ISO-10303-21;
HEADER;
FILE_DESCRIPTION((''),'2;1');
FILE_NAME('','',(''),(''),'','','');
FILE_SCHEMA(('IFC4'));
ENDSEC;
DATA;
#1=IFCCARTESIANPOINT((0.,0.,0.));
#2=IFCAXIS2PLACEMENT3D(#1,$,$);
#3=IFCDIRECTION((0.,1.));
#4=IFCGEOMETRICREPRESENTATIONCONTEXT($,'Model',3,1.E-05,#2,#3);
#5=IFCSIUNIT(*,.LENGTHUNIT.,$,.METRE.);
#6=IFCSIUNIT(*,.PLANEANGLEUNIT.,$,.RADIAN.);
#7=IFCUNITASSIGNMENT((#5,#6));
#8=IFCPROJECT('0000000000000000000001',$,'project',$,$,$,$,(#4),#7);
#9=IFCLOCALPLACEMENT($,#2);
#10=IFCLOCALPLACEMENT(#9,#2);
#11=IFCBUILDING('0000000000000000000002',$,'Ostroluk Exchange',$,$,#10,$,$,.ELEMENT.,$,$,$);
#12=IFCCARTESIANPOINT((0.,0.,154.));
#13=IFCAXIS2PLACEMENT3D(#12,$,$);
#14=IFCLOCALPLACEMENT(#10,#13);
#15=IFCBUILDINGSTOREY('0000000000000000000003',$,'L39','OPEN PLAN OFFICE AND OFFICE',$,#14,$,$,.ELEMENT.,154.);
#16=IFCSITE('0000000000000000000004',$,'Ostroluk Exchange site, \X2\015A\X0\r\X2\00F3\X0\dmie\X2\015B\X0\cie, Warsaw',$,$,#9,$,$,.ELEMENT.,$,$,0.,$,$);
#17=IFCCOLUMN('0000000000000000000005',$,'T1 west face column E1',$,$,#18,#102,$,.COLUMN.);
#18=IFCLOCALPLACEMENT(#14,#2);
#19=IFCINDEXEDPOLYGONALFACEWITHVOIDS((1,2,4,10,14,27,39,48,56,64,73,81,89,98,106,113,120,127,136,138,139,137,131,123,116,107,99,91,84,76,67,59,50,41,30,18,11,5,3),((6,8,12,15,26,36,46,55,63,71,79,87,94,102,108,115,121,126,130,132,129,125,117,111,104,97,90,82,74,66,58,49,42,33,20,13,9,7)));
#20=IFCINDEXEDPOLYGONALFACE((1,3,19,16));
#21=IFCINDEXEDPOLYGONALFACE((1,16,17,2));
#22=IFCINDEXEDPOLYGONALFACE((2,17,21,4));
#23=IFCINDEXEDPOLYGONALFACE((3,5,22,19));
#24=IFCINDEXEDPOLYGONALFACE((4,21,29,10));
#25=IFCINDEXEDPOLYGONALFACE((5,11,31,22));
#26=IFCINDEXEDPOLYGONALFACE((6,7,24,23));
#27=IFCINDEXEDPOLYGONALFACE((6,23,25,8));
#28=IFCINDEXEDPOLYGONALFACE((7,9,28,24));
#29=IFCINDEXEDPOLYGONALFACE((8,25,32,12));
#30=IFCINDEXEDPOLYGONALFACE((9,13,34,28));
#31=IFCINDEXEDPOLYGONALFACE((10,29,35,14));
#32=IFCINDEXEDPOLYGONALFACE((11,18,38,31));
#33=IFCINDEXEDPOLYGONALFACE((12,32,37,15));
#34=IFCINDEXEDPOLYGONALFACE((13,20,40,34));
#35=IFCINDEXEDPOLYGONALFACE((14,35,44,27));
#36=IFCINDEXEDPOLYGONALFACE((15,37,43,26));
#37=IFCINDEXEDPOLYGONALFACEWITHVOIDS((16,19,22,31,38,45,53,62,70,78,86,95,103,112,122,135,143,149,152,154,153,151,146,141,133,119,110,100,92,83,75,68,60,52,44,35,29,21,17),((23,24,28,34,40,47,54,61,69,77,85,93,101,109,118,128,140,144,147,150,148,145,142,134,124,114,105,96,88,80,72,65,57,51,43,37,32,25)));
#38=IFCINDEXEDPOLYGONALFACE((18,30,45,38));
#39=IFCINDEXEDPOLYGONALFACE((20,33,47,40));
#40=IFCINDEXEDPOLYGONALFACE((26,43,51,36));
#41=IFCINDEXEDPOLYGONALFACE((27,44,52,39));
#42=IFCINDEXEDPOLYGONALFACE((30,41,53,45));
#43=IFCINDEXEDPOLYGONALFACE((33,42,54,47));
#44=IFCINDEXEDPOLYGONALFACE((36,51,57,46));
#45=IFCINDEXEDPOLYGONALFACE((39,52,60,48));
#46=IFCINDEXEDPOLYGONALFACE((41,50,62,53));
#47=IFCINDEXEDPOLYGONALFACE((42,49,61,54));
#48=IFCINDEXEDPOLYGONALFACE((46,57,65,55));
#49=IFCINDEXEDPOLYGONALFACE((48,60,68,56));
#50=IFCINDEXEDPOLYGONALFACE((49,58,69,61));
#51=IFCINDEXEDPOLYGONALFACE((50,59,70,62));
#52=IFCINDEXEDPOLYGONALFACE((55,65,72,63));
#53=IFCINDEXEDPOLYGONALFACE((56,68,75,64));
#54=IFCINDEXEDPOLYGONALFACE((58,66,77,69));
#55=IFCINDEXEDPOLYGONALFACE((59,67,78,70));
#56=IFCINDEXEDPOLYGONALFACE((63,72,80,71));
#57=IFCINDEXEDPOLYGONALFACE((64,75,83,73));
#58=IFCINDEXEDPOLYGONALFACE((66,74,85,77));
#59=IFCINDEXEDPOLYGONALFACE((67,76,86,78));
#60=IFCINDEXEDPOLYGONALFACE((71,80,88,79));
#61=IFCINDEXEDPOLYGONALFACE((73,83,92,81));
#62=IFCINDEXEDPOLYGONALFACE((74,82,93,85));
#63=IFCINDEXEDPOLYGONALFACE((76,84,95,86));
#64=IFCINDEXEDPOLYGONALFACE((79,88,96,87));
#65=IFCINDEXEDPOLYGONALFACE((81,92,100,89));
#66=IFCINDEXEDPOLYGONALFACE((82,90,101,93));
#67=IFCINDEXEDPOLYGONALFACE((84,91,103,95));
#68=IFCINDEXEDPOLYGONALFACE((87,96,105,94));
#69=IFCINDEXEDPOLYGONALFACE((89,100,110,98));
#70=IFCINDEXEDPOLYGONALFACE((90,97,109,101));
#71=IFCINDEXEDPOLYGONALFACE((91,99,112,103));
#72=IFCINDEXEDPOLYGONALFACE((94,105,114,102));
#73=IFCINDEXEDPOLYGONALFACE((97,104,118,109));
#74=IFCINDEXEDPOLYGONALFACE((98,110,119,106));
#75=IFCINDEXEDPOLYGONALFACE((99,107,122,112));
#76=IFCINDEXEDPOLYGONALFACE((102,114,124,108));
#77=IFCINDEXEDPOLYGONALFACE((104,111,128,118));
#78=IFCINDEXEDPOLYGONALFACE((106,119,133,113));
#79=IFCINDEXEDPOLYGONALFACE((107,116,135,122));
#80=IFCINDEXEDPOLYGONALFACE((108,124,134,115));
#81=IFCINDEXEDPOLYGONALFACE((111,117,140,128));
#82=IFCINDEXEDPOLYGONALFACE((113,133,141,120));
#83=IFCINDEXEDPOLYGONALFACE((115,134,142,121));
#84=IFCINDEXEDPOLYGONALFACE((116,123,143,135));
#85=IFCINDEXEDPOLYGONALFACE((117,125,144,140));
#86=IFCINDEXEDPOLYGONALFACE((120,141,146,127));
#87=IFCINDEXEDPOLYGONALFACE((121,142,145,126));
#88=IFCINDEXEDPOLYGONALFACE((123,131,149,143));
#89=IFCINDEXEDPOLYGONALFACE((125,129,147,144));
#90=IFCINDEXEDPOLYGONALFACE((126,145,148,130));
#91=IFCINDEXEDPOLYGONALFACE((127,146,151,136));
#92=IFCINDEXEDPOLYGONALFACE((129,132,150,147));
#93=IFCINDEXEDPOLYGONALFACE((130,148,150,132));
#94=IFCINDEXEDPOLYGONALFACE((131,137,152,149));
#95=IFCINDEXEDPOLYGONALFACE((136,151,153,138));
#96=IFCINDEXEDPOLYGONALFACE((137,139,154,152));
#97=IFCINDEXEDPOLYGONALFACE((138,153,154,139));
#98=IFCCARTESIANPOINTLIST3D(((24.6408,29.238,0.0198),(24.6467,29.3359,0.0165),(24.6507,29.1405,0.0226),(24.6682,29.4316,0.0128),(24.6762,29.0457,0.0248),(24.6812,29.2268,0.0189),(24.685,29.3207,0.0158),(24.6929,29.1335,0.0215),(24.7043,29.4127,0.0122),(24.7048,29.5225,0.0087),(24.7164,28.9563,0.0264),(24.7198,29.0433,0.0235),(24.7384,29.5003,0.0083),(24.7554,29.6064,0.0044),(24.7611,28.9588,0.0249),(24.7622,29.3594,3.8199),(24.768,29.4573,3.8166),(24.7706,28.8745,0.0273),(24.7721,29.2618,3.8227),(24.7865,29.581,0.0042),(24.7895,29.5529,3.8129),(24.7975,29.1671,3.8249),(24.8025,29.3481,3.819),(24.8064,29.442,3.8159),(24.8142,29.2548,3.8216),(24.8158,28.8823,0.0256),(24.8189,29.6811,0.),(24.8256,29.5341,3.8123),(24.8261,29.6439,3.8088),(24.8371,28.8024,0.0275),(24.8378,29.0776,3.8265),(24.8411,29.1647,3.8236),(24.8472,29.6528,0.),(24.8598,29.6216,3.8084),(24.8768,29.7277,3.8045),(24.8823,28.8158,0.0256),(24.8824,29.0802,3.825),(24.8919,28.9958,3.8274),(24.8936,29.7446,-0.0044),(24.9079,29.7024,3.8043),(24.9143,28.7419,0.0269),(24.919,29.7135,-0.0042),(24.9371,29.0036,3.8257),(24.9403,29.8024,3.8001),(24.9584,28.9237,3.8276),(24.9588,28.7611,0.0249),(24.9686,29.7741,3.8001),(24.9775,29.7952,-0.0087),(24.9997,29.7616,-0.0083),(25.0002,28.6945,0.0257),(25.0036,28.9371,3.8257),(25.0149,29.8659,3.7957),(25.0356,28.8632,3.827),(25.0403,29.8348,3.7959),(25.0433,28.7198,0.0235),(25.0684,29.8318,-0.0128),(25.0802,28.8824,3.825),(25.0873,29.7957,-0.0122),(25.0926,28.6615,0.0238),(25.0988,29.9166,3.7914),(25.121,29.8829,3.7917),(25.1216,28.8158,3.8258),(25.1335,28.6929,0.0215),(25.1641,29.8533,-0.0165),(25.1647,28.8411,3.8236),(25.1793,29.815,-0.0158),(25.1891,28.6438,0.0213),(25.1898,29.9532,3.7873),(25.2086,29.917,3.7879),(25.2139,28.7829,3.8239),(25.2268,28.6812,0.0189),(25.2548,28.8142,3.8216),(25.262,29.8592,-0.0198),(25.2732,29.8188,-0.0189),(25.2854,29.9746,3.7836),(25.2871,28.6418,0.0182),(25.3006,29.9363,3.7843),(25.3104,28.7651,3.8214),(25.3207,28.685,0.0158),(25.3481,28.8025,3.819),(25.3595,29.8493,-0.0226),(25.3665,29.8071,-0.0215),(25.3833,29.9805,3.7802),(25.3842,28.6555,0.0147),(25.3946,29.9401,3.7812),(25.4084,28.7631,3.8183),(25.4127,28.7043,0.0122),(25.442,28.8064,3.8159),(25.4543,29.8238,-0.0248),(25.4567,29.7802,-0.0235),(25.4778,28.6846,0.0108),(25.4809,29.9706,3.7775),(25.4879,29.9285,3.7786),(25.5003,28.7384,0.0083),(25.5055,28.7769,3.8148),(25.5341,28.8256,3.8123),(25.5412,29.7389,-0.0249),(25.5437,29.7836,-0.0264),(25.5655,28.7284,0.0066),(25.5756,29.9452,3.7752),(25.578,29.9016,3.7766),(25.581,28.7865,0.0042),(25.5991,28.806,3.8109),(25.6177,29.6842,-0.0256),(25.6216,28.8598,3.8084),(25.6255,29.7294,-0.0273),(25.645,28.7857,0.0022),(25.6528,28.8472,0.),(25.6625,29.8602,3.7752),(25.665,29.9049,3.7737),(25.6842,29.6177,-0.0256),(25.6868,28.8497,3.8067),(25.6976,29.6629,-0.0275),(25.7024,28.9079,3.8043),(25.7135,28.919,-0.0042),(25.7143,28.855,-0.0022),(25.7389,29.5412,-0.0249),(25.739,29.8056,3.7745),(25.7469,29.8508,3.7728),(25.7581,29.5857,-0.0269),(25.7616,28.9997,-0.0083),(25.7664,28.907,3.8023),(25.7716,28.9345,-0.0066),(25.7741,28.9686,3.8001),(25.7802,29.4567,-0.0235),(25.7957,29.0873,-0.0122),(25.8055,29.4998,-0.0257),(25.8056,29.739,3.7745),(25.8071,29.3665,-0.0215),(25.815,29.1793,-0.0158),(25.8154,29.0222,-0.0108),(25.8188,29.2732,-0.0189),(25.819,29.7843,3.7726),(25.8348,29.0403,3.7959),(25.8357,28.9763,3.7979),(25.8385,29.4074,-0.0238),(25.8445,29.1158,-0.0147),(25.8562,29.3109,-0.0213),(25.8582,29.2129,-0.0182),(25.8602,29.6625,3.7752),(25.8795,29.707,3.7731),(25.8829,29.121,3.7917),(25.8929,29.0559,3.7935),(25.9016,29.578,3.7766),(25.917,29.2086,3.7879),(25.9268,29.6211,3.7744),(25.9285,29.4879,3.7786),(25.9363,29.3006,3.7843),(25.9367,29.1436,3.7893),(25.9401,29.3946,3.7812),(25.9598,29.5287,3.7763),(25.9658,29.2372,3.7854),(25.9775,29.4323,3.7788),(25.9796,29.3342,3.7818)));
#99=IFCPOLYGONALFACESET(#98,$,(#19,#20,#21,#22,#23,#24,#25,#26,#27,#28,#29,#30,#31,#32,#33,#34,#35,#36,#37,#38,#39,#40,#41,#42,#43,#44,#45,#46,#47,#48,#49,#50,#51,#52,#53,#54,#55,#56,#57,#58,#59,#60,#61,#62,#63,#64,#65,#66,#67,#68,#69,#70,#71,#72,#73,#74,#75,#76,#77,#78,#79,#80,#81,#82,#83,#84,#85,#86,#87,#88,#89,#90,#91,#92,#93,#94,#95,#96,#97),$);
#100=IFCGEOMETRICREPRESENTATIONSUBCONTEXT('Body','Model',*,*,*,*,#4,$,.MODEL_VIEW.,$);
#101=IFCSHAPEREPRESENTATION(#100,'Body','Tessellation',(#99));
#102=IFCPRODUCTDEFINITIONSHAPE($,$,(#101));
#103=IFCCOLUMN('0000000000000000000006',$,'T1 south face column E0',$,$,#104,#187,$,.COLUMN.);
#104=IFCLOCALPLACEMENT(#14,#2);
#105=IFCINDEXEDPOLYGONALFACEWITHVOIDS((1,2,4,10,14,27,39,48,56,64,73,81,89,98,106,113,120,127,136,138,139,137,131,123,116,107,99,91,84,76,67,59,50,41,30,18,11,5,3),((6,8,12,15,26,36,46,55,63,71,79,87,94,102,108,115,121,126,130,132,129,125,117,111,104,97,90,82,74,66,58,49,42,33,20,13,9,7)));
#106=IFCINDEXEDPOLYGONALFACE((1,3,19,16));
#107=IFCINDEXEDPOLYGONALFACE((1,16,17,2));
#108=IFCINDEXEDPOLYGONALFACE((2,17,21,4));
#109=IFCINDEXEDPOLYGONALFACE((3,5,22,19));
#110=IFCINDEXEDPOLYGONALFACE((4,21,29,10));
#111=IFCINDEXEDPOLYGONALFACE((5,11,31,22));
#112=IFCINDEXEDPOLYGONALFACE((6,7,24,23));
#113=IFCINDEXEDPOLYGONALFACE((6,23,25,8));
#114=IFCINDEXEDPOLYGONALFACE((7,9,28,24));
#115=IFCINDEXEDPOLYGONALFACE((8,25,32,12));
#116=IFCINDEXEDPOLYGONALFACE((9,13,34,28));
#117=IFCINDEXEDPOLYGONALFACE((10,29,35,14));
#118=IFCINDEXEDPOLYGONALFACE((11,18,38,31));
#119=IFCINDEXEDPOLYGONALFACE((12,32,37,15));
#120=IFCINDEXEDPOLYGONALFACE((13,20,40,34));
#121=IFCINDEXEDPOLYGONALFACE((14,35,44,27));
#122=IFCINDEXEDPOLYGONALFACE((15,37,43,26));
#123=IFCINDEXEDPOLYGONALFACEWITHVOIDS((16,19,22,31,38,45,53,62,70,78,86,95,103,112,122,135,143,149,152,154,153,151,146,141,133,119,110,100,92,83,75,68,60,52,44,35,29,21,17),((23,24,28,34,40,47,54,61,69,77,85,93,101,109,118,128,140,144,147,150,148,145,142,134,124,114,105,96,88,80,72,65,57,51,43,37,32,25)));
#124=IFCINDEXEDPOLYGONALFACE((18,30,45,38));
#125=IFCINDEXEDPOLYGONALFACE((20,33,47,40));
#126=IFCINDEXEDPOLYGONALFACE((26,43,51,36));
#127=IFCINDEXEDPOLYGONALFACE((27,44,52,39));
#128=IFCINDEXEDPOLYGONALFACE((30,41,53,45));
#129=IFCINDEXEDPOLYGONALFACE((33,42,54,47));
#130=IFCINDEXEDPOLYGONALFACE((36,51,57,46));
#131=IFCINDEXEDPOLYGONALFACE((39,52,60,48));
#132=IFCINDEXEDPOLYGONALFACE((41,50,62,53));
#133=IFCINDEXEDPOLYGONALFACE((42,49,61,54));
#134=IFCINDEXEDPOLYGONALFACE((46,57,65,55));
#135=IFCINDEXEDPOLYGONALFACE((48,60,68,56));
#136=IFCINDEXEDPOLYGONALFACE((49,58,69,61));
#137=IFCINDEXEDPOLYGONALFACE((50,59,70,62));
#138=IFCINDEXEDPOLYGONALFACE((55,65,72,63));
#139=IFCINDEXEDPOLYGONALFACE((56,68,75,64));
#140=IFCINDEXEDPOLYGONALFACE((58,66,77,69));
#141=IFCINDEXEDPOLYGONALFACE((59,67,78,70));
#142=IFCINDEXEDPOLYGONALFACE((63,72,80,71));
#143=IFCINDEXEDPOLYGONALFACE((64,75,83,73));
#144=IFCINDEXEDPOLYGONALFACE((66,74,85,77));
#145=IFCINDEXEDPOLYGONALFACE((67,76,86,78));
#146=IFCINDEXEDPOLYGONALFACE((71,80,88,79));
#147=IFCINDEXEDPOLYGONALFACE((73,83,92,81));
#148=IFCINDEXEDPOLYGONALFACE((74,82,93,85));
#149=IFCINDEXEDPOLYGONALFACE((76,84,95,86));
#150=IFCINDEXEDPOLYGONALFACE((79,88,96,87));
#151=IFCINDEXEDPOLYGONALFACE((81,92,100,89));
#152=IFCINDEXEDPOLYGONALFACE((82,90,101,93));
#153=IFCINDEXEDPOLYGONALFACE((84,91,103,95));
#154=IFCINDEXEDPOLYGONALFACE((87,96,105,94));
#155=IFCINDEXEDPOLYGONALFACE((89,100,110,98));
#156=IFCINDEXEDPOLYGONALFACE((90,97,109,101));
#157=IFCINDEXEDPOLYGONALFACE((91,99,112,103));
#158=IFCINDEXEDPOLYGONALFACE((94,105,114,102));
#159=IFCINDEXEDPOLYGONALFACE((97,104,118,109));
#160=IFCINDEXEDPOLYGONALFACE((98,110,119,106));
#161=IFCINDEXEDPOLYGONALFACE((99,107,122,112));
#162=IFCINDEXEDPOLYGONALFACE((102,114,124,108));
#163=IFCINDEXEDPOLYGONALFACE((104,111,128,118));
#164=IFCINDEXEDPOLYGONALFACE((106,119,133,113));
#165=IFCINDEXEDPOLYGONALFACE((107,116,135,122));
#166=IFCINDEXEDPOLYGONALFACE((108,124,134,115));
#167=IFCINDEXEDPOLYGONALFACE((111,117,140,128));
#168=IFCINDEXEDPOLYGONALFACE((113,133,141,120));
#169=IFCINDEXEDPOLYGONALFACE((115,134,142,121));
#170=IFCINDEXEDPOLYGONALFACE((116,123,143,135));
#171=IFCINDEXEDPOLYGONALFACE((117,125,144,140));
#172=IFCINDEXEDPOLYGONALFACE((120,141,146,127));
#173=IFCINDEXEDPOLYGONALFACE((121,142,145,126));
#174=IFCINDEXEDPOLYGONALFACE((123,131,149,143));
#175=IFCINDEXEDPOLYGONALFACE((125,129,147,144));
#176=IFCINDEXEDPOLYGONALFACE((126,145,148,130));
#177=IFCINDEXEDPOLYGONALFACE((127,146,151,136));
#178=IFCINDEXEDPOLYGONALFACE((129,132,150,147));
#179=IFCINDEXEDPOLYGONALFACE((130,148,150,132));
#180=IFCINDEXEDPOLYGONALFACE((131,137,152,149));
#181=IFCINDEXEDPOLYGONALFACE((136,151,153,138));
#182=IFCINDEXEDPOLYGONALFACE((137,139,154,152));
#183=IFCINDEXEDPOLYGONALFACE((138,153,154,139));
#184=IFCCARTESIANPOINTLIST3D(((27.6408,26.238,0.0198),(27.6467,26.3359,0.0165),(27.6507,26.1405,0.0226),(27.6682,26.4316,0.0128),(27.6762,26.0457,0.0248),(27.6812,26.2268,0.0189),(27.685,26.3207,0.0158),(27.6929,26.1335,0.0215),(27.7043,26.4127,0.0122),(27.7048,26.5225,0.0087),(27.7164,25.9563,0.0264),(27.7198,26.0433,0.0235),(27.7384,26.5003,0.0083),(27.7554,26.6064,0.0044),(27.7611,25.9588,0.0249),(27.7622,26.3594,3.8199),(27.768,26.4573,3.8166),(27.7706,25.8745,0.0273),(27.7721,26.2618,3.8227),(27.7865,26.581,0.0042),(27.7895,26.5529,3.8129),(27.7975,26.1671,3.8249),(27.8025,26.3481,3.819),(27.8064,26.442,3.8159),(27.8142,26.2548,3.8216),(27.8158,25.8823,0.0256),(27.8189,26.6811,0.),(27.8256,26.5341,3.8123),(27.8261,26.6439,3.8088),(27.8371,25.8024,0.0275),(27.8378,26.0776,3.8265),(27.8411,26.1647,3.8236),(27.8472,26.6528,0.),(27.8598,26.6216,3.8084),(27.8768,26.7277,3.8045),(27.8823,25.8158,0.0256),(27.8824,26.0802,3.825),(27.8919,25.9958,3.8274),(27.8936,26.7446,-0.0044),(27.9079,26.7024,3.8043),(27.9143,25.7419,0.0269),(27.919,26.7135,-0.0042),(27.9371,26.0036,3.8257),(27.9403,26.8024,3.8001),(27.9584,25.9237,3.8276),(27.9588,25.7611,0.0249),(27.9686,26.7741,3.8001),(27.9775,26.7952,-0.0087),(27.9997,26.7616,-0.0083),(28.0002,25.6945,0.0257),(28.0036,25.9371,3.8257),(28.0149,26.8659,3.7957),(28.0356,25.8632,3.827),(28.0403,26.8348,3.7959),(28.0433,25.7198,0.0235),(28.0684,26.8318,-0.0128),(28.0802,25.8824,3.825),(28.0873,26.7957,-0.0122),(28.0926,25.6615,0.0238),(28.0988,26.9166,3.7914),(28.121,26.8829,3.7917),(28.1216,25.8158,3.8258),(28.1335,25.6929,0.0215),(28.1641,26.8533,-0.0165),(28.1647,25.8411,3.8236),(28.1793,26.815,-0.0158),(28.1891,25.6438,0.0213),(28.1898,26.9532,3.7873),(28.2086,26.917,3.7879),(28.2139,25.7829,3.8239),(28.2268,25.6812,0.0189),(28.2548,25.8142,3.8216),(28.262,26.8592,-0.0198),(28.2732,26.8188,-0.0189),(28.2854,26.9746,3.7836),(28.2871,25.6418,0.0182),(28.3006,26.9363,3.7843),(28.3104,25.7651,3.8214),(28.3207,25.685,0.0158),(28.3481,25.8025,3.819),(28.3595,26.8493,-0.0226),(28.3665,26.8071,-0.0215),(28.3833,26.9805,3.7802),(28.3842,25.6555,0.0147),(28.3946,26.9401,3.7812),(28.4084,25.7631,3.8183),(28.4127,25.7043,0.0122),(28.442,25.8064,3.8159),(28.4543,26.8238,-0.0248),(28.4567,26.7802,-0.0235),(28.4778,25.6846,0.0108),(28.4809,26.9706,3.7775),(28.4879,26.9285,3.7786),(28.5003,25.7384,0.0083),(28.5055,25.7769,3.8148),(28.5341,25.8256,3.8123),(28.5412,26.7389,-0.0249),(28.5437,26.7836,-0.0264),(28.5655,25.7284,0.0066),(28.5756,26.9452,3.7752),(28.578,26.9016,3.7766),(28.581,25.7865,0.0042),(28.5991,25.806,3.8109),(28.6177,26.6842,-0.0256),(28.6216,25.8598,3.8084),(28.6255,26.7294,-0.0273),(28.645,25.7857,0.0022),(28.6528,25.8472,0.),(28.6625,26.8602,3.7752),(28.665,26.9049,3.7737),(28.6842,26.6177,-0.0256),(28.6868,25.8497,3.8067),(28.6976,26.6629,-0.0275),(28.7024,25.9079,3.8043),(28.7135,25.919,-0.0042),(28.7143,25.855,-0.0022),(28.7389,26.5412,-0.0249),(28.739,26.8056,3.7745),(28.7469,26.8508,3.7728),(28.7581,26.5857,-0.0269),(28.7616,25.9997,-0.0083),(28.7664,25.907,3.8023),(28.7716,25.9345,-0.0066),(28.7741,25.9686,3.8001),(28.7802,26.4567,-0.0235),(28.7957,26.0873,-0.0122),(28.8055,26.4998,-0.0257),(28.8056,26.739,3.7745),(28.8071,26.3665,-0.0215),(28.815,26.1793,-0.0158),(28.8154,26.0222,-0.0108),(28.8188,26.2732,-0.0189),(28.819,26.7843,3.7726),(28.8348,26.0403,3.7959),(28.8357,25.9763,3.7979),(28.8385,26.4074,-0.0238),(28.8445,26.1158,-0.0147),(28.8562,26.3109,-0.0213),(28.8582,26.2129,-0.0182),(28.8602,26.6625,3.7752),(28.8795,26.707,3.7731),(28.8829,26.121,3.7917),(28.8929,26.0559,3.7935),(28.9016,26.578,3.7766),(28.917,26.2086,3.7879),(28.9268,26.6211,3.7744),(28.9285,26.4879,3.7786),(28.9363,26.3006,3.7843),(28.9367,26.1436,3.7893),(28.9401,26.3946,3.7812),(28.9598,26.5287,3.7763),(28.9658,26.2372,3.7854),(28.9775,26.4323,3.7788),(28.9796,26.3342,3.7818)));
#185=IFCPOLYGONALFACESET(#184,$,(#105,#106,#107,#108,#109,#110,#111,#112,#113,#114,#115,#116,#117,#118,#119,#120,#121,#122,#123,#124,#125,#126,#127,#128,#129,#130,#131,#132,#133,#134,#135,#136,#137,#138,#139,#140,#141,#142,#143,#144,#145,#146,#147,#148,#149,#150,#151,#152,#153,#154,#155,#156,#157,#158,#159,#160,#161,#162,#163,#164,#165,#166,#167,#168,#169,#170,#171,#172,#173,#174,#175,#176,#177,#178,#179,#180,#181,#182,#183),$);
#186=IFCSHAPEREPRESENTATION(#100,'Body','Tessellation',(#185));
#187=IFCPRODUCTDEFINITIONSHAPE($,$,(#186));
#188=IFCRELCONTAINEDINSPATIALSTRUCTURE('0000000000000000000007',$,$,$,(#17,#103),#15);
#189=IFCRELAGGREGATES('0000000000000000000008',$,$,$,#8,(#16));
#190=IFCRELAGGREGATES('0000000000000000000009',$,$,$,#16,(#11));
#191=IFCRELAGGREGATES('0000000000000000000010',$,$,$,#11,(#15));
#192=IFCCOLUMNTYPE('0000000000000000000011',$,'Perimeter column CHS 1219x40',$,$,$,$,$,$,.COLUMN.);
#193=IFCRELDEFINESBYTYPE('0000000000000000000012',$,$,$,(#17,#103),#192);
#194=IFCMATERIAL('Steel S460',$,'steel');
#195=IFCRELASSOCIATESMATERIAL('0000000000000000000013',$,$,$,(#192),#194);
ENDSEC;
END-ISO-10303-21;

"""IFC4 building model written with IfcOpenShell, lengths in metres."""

from ifc_helpers import new_model, si_unit, direction, frame, origin, origin_2d, place, context, subcontext, project, spatial, hollow_circle, extrude, material, material_profile, profile_set, type_object, element, save


model = new_model("IFC4")

# Units and contexts
model_context = context("Model", 3, precision=1e-05, world=origin(), true_north=direction((0.0, 1.0)))
body_context = subcontext(model_context, "Body", "Model", "MODEL_VIEW")
ifc_project = project(units=[si_unit("LENGTHUNIT", "METRE"), si_unit("PLANEANGLEUNIT", "RADIAN")], contexts=[model_context])

# Site, building, storey
site_placement = place(None, origin())
site = spatial("IfcSite", under=ifc_project, at=site_placement, Name="Ostroluk Exchange site, Śródmieście, Warsaw", CompositionType="ELEMENT", RefElevation=0.0)
building_placement = place(site_placement, origin())
building = spatial("IfcBuilding", under=site, at=building_placement, Name="Ostroluk Exchange", CompositionType="ELEMENT")
storey_placement = place(building_placement, frame((0.0, 0.0, 154.0)))
storey = spatial("IfcBuildingStorey", under=building, at=storey_placement, Name="L39", Description="OPEN PLAN OFFICE AND OFFICE", CompositionType="ELEMENT", Elevation=154.0)

# Columns
ifc_material_1 = material(Name="Steel S460", Category="steel")
ifc_material_profile_1 = material_profile(ifc_material_1, hollow_circle(Radius=0.6096, WallThickness=0.04, at=origin_2d()), Name="CHS 1219x40")
ifc_profile_set_1 = profile_set([ifc_material_profile_1], Name="Steel S460")
column_type = type_object("IfcColumnType", Name="Perimeter column CHS 1219x40", PredefinedType="COLUMN", material=ifc_profile_set_1)
for number, where, z_axis, x_axis, name in (
    (1, (25.25, 29.25, 0.0), (0.031898, 0.031898, 0.998982), (-0.707107, 0.707107, 0.0), "T1 west face column E1"),
    (2, (28.25, 26.25, 0.0), (0.031898, 0.031898, 0.998982), (-0.707107, 0.707107, 0.0), "T1 south face column E0"),
):
    element("IfcColumn", number, at=place(storey_placement, frame(where, z_axis=z_axis, x_axis=x_axis)), inside=storey, type_object=column_type, Name=name, PredefinedType="COLUMN", context=body_context, shape_type="SweptSolid", body=[
        extrude(hollow_circle(Radius=0.6096, WallThickness=0.04, at=origin_2d()), origin(), (0.0, 0.0, 1.0), 3.804),
    ])

save(model, "model.ifc")
